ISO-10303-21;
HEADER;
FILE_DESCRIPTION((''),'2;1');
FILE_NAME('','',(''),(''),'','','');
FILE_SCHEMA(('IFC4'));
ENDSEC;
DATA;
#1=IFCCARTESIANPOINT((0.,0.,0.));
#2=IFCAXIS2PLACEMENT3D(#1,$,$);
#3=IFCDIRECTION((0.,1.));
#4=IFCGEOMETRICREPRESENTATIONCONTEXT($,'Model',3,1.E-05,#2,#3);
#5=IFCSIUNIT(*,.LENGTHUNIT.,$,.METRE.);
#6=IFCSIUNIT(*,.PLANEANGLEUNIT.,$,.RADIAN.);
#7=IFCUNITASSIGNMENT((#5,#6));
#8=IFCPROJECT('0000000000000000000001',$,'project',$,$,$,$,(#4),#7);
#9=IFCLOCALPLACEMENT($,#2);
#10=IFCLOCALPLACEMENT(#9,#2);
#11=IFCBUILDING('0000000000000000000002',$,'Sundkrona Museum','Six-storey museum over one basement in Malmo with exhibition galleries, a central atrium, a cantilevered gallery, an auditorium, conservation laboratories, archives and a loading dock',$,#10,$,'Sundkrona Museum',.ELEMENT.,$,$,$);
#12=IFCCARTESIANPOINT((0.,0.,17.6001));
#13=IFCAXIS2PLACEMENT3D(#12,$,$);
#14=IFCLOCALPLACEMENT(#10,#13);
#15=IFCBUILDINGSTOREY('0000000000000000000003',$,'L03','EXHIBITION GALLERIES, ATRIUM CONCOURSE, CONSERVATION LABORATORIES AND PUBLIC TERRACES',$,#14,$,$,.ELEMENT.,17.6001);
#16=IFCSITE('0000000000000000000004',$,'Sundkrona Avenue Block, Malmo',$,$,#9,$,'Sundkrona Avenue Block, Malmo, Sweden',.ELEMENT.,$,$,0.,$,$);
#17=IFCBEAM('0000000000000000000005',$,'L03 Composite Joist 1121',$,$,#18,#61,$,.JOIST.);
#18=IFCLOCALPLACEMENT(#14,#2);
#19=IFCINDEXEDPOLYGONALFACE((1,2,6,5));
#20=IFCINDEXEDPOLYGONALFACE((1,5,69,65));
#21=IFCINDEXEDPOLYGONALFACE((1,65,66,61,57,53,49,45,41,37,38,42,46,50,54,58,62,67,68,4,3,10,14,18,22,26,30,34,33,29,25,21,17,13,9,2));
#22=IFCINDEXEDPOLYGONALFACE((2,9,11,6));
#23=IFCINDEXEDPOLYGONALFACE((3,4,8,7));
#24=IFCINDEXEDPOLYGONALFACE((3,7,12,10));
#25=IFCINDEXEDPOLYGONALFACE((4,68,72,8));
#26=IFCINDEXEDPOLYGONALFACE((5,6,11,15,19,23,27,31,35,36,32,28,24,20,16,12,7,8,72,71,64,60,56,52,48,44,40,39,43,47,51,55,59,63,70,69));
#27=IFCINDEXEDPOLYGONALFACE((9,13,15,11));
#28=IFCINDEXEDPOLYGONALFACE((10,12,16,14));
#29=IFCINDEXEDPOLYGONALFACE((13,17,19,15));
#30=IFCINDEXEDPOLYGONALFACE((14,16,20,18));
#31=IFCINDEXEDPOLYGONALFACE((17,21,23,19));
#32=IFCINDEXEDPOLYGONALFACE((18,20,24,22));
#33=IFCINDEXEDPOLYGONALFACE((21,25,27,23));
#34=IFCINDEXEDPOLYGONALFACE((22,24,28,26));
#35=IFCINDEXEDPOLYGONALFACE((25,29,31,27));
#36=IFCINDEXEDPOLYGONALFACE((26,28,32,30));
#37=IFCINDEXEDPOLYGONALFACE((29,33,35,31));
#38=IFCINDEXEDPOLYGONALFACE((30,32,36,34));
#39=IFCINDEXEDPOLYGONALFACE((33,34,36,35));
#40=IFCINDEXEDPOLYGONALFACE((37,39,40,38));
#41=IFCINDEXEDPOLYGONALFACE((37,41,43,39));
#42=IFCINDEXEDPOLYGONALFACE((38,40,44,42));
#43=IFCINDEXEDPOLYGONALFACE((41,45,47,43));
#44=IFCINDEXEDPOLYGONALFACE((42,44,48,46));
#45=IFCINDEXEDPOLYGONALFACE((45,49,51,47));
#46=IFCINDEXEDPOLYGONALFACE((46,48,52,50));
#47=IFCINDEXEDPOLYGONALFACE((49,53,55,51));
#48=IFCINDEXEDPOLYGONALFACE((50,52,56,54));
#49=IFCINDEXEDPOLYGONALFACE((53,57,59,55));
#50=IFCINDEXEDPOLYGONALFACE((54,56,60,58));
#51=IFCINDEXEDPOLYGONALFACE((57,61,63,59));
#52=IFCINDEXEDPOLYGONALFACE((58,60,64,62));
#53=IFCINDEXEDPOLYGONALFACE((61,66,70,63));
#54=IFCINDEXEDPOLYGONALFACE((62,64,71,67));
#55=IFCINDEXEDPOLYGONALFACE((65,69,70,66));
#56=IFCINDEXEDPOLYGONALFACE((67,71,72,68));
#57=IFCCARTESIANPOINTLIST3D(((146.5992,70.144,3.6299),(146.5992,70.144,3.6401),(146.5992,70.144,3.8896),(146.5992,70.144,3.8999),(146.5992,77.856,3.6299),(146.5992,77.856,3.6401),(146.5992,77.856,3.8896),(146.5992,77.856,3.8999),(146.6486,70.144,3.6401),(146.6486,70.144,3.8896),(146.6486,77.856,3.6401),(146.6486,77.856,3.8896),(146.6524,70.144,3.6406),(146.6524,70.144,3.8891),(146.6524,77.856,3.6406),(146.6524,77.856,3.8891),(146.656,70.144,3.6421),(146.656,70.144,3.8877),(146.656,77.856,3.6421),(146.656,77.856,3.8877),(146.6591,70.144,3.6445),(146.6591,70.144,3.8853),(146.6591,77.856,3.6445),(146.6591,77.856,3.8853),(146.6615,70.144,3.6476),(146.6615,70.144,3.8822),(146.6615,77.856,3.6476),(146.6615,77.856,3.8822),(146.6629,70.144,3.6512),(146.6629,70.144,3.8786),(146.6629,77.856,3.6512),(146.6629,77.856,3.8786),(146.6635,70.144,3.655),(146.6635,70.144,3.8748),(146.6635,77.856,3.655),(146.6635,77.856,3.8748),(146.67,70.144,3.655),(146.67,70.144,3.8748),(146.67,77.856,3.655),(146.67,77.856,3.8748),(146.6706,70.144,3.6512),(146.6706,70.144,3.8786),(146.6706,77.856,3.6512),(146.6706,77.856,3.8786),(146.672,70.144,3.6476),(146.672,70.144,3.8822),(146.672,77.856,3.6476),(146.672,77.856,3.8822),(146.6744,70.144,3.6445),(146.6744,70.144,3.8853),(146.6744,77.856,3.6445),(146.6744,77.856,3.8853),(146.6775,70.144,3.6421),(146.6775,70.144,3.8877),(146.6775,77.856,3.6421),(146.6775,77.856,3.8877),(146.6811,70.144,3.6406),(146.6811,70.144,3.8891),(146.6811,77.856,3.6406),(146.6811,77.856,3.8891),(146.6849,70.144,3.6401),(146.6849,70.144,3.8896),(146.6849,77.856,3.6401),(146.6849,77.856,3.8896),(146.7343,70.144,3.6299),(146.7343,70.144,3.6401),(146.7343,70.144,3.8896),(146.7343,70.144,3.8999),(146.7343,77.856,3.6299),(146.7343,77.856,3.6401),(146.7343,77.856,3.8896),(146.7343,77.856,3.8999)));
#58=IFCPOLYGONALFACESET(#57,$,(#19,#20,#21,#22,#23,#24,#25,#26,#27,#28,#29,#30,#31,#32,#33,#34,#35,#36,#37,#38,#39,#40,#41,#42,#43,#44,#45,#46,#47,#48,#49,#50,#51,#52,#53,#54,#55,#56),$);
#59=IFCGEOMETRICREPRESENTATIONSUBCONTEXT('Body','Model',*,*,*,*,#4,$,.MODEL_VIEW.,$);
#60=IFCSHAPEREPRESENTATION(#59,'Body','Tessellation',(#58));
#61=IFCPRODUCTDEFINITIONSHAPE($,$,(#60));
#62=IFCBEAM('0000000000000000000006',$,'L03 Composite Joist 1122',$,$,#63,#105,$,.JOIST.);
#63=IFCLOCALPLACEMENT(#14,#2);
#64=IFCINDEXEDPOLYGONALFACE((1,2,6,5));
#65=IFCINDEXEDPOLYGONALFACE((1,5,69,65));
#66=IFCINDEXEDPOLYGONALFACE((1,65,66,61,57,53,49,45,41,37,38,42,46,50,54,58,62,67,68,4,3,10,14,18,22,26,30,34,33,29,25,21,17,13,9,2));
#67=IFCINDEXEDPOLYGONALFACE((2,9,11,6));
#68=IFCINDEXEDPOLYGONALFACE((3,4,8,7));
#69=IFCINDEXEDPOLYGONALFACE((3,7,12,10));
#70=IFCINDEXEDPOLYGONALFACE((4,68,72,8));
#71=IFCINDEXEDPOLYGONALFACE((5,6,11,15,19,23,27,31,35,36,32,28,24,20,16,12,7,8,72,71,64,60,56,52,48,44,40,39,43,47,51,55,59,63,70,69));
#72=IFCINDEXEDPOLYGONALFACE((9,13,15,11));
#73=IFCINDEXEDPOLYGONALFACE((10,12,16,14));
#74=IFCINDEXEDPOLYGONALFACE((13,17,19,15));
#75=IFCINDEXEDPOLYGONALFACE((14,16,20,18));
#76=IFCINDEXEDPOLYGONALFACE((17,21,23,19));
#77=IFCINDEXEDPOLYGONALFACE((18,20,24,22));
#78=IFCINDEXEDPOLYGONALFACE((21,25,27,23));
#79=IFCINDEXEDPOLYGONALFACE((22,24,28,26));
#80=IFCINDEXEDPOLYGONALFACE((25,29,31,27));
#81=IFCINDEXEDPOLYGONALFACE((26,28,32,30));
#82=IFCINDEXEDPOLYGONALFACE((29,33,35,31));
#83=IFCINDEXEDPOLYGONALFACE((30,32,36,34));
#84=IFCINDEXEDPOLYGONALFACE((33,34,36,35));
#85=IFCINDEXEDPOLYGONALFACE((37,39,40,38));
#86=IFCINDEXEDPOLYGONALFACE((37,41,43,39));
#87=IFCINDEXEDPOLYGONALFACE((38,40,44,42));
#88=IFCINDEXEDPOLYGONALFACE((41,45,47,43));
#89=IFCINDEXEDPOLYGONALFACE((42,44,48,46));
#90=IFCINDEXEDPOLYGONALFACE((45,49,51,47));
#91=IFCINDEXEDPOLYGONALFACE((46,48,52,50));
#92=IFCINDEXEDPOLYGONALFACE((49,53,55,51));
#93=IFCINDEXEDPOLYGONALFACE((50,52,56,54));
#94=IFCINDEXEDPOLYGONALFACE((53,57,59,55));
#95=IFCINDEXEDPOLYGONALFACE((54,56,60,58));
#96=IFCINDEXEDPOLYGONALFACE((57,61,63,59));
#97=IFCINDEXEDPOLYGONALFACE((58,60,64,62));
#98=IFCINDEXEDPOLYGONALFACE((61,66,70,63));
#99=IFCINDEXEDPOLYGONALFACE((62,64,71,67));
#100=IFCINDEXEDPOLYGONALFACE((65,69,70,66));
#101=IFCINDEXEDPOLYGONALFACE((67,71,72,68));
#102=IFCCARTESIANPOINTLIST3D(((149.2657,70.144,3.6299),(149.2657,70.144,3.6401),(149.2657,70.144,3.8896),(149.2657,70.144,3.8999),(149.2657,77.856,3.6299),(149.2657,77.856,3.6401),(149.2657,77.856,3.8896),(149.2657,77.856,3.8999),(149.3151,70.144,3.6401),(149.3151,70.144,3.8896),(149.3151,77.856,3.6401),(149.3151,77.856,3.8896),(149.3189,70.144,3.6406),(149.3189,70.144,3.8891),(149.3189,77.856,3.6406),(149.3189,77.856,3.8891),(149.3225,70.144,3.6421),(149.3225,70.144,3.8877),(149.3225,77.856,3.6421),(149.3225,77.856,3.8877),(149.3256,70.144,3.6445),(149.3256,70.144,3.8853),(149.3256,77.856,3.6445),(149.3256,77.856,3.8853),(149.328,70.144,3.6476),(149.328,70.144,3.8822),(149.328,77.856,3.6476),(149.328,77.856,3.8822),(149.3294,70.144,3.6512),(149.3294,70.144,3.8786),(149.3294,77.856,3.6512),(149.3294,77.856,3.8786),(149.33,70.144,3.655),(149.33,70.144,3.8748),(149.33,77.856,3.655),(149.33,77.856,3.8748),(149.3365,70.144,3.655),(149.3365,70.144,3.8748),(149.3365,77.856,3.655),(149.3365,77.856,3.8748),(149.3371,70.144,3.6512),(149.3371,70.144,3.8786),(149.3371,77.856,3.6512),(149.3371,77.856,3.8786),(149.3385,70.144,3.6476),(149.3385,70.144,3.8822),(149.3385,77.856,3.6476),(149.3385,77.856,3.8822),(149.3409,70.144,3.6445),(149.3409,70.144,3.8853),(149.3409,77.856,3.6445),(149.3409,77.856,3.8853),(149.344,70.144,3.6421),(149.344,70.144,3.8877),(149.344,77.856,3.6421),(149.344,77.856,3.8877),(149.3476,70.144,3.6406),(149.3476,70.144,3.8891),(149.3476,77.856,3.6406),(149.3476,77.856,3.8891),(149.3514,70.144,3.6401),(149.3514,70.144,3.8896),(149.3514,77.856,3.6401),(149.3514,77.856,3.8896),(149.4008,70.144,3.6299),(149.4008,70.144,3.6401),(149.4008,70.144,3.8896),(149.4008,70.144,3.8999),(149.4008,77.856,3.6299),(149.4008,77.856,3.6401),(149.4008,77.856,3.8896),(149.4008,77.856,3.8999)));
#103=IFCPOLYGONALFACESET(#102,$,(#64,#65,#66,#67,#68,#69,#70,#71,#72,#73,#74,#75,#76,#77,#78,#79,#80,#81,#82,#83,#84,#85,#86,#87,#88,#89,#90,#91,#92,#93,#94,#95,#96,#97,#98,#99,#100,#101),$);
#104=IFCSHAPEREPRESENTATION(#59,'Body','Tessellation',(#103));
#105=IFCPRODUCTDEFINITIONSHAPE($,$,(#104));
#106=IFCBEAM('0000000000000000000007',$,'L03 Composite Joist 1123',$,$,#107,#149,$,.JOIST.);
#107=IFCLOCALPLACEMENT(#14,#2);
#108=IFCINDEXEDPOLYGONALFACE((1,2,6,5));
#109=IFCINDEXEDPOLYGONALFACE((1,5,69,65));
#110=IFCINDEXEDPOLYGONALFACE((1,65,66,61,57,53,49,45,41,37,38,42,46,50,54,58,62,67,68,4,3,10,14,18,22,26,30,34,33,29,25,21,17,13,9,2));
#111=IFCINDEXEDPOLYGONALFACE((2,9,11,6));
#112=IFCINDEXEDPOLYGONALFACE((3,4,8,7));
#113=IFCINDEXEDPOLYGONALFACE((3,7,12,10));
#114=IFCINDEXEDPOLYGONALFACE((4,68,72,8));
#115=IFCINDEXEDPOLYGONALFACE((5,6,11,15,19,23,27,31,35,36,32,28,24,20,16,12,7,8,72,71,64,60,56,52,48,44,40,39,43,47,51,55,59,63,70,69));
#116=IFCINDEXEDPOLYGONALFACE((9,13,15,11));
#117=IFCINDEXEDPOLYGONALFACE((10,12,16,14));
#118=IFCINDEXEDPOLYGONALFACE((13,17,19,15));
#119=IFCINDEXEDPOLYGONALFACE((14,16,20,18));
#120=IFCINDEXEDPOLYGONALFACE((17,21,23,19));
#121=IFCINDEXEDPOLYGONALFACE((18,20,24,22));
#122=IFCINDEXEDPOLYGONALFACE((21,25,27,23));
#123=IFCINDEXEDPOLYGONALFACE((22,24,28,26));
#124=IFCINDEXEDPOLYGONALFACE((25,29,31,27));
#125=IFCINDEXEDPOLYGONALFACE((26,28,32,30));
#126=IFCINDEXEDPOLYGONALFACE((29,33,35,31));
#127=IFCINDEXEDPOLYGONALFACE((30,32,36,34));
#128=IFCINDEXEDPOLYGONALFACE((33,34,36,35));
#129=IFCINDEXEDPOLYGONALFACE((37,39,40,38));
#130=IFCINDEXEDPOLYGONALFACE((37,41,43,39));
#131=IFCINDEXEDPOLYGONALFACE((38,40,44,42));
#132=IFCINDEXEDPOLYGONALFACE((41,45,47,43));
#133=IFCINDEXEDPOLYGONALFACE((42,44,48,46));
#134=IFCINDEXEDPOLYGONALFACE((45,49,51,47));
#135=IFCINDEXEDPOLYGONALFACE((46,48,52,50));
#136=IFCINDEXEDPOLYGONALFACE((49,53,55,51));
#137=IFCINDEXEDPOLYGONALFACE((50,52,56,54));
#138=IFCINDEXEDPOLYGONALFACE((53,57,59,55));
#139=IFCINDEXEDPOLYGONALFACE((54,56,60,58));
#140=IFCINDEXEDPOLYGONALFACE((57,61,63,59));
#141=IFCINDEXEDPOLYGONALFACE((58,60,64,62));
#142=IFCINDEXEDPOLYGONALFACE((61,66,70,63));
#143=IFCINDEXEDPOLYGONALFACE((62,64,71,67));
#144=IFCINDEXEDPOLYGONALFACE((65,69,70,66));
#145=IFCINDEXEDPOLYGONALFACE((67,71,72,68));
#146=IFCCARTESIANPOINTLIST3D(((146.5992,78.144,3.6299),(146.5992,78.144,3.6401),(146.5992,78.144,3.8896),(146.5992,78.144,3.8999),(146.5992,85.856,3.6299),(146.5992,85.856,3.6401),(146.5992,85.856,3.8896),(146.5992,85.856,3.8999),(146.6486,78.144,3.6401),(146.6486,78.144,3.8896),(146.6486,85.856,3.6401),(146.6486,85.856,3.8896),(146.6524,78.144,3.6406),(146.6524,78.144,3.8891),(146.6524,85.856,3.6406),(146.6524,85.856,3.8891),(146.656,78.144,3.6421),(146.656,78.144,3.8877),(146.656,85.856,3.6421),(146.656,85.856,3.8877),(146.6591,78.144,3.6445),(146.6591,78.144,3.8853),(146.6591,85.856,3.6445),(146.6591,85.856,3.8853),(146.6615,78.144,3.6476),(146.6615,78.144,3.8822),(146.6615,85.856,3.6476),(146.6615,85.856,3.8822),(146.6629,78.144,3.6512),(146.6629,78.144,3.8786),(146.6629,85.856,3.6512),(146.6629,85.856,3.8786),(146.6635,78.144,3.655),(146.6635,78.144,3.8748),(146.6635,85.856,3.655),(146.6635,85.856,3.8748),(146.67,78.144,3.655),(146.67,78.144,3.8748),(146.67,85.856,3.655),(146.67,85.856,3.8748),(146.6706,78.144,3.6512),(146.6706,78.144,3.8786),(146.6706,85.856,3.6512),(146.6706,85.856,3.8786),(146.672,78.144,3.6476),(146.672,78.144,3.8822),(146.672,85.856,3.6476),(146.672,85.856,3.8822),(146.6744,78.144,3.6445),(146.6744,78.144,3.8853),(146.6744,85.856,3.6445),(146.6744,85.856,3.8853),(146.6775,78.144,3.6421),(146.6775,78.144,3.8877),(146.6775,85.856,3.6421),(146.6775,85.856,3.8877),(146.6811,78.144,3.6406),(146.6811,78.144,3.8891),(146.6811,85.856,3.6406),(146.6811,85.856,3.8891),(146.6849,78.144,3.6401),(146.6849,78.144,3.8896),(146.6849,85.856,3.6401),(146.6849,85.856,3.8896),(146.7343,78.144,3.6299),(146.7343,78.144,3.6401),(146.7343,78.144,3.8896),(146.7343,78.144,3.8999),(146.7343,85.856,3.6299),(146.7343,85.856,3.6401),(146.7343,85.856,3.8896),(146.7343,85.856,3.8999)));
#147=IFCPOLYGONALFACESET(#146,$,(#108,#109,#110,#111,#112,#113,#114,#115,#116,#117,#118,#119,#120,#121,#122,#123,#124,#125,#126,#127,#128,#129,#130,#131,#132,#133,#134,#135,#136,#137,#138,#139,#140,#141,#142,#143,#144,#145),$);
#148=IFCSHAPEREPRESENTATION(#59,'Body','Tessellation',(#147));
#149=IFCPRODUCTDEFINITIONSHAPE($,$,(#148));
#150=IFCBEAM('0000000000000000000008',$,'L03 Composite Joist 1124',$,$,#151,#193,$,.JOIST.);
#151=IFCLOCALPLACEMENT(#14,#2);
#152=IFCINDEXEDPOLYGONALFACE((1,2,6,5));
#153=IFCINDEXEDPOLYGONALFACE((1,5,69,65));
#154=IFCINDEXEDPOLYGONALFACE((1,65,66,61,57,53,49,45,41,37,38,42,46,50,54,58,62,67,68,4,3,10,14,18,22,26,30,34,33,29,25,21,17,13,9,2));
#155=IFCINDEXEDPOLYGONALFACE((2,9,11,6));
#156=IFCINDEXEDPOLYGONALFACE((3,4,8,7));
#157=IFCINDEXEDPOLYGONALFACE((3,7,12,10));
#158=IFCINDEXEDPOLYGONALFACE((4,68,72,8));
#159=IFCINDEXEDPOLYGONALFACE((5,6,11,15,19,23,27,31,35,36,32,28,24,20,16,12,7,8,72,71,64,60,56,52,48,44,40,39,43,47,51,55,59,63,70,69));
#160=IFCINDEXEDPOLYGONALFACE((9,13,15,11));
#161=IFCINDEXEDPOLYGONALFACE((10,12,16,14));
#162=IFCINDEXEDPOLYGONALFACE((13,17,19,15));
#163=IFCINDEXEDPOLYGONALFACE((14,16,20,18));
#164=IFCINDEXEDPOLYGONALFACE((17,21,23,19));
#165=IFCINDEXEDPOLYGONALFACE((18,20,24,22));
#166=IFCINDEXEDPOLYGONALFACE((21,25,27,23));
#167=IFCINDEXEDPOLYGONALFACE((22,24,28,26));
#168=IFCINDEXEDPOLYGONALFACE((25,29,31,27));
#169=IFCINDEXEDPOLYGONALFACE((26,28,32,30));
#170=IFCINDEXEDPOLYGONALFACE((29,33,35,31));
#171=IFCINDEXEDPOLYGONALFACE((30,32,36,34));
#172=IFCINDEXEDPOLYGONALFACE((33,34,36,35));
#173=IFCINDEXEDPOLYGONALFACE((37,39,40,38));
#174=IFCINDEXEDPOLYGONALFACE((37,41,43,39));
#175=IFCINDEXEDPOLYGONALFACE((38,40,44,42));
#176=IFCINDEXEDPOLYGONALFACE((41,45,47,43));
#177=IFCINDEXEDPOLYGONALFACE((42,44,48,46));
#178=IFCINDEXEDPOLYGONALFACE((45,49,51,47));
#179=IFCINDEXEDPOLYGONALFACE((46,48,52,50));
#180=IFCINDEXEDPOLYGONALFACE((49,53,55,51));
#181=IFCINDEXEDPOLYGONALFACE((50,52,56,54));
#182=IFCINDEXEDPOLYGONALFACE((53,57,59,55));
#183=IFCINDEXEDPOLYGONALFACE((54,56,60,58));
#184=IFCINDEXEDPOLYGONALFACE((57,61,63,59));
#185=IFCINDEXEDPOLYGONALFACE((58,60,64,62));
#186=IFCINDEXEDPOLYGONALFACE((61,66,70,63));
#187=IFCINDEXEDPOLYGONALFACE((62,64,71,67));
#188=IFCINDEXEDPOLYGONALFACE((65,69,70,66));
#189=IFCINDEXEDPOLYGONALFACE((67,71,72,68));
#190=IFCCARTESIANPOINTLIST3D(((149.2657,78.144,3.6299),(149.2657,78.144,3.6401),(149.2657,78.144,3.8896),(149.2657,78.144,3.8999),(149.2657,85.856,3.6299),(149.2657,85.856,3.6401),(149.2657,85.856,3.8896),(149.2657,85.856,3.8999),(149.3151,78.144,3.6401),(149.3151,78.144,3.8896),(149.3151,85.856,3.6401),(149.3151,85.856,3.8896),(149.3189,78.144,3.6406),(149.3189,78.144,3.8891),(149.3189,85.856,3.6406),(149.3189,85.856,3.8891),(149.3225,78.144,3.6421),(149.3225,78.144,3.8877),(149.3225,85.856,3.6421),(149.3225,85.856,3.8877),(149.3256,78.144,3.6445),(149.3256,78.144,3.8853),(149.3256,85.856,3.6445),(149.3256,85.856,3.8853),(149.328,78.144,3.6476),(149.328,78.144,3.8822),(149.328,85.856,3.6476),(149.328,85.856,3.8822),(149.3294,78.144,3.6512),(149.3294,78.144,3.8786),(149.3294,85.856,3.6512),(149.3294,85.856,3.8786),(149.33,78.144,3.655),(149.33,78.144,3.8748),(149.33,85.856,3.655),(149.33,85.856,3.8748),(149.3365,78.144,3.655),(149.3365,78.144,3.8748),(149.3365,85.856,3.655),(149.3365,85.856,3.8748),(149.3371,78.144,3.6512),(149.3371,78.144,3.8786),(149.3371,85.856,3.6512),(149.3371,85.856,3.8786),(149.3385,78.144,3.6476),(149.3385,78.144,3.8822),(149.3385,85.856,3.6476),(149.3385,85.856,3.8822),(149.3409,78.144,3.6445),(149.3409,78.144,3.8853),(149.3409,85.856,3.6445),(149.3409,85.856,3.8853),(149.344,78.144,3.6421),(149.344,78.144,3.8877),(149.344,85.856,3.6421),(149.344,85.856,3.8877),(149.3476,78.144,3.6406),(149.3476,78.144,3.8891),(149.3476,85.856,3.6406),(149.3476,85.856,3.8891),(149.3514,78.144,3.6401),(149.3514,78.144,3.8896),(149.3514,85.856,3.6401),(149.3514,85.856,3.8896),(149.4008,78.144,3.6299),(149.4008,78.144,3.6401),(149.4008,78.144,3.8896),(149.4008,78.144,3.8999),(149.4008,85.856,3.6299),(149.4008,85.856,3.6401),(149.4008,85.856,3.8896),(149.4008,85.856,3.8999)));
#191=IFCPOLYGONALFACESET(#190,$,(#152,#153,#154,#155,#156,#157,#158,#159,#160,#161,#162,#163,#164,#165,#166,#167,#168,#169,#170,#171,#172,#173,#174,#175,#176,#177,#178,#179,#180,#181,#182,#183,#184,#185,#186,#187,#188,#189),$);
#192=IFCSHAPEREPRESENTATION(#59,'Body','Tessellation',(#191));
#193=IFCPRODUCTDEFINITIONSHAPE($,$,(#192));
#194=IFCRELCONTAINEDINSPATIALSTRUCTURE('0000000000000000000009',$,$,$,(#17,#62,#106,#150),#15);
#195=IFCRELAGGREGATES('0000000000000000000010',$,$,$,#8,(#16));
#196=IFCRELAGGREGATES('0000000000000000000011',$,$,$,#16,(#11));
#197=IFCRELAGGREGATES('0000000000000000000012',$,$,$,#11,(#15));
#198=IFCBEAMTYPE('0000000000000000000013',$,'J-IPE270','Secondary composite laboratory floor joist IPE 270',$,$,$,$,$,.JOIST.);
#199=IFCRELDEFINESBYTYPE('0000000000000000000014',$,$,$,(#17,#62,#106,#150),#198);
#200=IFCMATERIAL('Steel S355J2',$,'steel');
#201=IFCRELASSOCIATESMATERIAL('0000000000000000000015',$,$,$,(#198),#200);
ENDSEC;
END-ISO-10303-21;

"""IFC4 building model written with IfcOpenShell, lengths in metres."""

from ifc_helpers import new_model, si_unit, direction, frame, origin, origin_2d, place, context, subcontext, project, spatial, i_section, extrude, material, material_profile, profile_set, type_object, element, save


model = new_model("IFC4")

# Units and contexts
model_context = context("Model", 3, precision=1e-05, world=origin(), true_north=direction((0.0, 1.0)))
body_context = subcontext(model_context, "Body", "Model", "MODEL_VIEW")
ifc_project = project(units=[si_unit("LENGTHUNIT", "METRE"), si_unit("PLANEANGLEUNIT", "RADIAN")], contexts=[model_context])

# Site, building, storey
site_placement = place(None, origin())
site = spatial("IfcSite", under=ifc_project, at=site_placement, Name="Sundkrona Avenue Block, Malmo", LongName="Sundkrona Avenue Block, Malmo, Sweden", CompositionType="ELEMENT", RefElevation=0.0)
building_placement = place(site_placement, origin())
building = spatial("IfcBuilding", under=site, at=building_placement, Name="Sundkrona Museum", Description="Six-storey museum over one basement in Malmo with exhibition galleries, a central atrium, a cantilevered gallery, an auditorium, conservation laboratories, archives and a loading dock", LongName="Sundkrona Museum", CompositionType="ELEMENT")
storey_placement = place(building_placement, frame((0.0, 0.0, 17.6001)))
storey = spatial("IfcBuildingStorey", under=building, at=storey_placement, Name="L03", Description="EXHIBITION GALLERIES, ATRIUM CONCOURSE, CONSERVATION LABORATORIES AND PUBLIC TERRACES", CompositionType="ELEMENT", Elevation=17.6001)

# Shared definitions
ifc_material = material(Name="Steel S355J2", Category="steel")

# Beams
ifc_material_profile_1 = material_profile(ifc_material, i_section(OverallWidth=0.135, OverallDepth=0.27, WebThickness=0.0066, FlangeThickness=0.0103, FilletRadius=0.0149, at=origin_2d()), Name="IPE 270")
ifc_profile_set_1 = profile_set([ifc_material_profile_1], Name="Steel S355J2")
beam_type_1 = type_object("IfcBeamType", Name="J-IPE270", Description="Secondary composite laboratory floor joist IPE 270", PredefinedType="JOIST", material=ifc_profile_set_1)
for number, where, z_axis, x_axis, name in (
    (1, (146.6667, 70.144, 3.7649), (0.0, 1.0, 0.0), (-1.0, 0.0, 0.0), "L03 Composite Joist 1121"),
    (2, (149.3333, 70.144, 3.7649), (0.0, 1.0, 0.0), (-1.0, 0.0, 0.0), "L03 Composite Joist 1122"),
    (3, (146.6667, 78.144, 3.7649), (0.0, 1.0, 0.0), (-1.0, 0.0, 0.0), "L03 Composite Joist 1123"),
    (4, (149.3333, 78.144, 3.7649), (0.0, 1.0, 0.0), (-1.0, 0.0, 0.0), "L03 Composite Joist 1124"),
):
    element("IfcBeam", number, at=place(storey_placement, frame(where, z_axis=z_axis, x_axis=x_axis)), inside=storey, type_object=beam_type_1, Name=name, PredefinedType="JOIST", context=body_context, shape_type="SweptSolid", body=[
        extrude(i_section(OverallWidth=0.135, OverallDepth=0.27, WebThickness=0.0066, FlangeThickness=0.0103, FilletRadius=0.0149, at=origin_2d()), origin(), (0.0, 0.0, 1.0), 7.7119),
    ])

save(model, "model.ifc")
